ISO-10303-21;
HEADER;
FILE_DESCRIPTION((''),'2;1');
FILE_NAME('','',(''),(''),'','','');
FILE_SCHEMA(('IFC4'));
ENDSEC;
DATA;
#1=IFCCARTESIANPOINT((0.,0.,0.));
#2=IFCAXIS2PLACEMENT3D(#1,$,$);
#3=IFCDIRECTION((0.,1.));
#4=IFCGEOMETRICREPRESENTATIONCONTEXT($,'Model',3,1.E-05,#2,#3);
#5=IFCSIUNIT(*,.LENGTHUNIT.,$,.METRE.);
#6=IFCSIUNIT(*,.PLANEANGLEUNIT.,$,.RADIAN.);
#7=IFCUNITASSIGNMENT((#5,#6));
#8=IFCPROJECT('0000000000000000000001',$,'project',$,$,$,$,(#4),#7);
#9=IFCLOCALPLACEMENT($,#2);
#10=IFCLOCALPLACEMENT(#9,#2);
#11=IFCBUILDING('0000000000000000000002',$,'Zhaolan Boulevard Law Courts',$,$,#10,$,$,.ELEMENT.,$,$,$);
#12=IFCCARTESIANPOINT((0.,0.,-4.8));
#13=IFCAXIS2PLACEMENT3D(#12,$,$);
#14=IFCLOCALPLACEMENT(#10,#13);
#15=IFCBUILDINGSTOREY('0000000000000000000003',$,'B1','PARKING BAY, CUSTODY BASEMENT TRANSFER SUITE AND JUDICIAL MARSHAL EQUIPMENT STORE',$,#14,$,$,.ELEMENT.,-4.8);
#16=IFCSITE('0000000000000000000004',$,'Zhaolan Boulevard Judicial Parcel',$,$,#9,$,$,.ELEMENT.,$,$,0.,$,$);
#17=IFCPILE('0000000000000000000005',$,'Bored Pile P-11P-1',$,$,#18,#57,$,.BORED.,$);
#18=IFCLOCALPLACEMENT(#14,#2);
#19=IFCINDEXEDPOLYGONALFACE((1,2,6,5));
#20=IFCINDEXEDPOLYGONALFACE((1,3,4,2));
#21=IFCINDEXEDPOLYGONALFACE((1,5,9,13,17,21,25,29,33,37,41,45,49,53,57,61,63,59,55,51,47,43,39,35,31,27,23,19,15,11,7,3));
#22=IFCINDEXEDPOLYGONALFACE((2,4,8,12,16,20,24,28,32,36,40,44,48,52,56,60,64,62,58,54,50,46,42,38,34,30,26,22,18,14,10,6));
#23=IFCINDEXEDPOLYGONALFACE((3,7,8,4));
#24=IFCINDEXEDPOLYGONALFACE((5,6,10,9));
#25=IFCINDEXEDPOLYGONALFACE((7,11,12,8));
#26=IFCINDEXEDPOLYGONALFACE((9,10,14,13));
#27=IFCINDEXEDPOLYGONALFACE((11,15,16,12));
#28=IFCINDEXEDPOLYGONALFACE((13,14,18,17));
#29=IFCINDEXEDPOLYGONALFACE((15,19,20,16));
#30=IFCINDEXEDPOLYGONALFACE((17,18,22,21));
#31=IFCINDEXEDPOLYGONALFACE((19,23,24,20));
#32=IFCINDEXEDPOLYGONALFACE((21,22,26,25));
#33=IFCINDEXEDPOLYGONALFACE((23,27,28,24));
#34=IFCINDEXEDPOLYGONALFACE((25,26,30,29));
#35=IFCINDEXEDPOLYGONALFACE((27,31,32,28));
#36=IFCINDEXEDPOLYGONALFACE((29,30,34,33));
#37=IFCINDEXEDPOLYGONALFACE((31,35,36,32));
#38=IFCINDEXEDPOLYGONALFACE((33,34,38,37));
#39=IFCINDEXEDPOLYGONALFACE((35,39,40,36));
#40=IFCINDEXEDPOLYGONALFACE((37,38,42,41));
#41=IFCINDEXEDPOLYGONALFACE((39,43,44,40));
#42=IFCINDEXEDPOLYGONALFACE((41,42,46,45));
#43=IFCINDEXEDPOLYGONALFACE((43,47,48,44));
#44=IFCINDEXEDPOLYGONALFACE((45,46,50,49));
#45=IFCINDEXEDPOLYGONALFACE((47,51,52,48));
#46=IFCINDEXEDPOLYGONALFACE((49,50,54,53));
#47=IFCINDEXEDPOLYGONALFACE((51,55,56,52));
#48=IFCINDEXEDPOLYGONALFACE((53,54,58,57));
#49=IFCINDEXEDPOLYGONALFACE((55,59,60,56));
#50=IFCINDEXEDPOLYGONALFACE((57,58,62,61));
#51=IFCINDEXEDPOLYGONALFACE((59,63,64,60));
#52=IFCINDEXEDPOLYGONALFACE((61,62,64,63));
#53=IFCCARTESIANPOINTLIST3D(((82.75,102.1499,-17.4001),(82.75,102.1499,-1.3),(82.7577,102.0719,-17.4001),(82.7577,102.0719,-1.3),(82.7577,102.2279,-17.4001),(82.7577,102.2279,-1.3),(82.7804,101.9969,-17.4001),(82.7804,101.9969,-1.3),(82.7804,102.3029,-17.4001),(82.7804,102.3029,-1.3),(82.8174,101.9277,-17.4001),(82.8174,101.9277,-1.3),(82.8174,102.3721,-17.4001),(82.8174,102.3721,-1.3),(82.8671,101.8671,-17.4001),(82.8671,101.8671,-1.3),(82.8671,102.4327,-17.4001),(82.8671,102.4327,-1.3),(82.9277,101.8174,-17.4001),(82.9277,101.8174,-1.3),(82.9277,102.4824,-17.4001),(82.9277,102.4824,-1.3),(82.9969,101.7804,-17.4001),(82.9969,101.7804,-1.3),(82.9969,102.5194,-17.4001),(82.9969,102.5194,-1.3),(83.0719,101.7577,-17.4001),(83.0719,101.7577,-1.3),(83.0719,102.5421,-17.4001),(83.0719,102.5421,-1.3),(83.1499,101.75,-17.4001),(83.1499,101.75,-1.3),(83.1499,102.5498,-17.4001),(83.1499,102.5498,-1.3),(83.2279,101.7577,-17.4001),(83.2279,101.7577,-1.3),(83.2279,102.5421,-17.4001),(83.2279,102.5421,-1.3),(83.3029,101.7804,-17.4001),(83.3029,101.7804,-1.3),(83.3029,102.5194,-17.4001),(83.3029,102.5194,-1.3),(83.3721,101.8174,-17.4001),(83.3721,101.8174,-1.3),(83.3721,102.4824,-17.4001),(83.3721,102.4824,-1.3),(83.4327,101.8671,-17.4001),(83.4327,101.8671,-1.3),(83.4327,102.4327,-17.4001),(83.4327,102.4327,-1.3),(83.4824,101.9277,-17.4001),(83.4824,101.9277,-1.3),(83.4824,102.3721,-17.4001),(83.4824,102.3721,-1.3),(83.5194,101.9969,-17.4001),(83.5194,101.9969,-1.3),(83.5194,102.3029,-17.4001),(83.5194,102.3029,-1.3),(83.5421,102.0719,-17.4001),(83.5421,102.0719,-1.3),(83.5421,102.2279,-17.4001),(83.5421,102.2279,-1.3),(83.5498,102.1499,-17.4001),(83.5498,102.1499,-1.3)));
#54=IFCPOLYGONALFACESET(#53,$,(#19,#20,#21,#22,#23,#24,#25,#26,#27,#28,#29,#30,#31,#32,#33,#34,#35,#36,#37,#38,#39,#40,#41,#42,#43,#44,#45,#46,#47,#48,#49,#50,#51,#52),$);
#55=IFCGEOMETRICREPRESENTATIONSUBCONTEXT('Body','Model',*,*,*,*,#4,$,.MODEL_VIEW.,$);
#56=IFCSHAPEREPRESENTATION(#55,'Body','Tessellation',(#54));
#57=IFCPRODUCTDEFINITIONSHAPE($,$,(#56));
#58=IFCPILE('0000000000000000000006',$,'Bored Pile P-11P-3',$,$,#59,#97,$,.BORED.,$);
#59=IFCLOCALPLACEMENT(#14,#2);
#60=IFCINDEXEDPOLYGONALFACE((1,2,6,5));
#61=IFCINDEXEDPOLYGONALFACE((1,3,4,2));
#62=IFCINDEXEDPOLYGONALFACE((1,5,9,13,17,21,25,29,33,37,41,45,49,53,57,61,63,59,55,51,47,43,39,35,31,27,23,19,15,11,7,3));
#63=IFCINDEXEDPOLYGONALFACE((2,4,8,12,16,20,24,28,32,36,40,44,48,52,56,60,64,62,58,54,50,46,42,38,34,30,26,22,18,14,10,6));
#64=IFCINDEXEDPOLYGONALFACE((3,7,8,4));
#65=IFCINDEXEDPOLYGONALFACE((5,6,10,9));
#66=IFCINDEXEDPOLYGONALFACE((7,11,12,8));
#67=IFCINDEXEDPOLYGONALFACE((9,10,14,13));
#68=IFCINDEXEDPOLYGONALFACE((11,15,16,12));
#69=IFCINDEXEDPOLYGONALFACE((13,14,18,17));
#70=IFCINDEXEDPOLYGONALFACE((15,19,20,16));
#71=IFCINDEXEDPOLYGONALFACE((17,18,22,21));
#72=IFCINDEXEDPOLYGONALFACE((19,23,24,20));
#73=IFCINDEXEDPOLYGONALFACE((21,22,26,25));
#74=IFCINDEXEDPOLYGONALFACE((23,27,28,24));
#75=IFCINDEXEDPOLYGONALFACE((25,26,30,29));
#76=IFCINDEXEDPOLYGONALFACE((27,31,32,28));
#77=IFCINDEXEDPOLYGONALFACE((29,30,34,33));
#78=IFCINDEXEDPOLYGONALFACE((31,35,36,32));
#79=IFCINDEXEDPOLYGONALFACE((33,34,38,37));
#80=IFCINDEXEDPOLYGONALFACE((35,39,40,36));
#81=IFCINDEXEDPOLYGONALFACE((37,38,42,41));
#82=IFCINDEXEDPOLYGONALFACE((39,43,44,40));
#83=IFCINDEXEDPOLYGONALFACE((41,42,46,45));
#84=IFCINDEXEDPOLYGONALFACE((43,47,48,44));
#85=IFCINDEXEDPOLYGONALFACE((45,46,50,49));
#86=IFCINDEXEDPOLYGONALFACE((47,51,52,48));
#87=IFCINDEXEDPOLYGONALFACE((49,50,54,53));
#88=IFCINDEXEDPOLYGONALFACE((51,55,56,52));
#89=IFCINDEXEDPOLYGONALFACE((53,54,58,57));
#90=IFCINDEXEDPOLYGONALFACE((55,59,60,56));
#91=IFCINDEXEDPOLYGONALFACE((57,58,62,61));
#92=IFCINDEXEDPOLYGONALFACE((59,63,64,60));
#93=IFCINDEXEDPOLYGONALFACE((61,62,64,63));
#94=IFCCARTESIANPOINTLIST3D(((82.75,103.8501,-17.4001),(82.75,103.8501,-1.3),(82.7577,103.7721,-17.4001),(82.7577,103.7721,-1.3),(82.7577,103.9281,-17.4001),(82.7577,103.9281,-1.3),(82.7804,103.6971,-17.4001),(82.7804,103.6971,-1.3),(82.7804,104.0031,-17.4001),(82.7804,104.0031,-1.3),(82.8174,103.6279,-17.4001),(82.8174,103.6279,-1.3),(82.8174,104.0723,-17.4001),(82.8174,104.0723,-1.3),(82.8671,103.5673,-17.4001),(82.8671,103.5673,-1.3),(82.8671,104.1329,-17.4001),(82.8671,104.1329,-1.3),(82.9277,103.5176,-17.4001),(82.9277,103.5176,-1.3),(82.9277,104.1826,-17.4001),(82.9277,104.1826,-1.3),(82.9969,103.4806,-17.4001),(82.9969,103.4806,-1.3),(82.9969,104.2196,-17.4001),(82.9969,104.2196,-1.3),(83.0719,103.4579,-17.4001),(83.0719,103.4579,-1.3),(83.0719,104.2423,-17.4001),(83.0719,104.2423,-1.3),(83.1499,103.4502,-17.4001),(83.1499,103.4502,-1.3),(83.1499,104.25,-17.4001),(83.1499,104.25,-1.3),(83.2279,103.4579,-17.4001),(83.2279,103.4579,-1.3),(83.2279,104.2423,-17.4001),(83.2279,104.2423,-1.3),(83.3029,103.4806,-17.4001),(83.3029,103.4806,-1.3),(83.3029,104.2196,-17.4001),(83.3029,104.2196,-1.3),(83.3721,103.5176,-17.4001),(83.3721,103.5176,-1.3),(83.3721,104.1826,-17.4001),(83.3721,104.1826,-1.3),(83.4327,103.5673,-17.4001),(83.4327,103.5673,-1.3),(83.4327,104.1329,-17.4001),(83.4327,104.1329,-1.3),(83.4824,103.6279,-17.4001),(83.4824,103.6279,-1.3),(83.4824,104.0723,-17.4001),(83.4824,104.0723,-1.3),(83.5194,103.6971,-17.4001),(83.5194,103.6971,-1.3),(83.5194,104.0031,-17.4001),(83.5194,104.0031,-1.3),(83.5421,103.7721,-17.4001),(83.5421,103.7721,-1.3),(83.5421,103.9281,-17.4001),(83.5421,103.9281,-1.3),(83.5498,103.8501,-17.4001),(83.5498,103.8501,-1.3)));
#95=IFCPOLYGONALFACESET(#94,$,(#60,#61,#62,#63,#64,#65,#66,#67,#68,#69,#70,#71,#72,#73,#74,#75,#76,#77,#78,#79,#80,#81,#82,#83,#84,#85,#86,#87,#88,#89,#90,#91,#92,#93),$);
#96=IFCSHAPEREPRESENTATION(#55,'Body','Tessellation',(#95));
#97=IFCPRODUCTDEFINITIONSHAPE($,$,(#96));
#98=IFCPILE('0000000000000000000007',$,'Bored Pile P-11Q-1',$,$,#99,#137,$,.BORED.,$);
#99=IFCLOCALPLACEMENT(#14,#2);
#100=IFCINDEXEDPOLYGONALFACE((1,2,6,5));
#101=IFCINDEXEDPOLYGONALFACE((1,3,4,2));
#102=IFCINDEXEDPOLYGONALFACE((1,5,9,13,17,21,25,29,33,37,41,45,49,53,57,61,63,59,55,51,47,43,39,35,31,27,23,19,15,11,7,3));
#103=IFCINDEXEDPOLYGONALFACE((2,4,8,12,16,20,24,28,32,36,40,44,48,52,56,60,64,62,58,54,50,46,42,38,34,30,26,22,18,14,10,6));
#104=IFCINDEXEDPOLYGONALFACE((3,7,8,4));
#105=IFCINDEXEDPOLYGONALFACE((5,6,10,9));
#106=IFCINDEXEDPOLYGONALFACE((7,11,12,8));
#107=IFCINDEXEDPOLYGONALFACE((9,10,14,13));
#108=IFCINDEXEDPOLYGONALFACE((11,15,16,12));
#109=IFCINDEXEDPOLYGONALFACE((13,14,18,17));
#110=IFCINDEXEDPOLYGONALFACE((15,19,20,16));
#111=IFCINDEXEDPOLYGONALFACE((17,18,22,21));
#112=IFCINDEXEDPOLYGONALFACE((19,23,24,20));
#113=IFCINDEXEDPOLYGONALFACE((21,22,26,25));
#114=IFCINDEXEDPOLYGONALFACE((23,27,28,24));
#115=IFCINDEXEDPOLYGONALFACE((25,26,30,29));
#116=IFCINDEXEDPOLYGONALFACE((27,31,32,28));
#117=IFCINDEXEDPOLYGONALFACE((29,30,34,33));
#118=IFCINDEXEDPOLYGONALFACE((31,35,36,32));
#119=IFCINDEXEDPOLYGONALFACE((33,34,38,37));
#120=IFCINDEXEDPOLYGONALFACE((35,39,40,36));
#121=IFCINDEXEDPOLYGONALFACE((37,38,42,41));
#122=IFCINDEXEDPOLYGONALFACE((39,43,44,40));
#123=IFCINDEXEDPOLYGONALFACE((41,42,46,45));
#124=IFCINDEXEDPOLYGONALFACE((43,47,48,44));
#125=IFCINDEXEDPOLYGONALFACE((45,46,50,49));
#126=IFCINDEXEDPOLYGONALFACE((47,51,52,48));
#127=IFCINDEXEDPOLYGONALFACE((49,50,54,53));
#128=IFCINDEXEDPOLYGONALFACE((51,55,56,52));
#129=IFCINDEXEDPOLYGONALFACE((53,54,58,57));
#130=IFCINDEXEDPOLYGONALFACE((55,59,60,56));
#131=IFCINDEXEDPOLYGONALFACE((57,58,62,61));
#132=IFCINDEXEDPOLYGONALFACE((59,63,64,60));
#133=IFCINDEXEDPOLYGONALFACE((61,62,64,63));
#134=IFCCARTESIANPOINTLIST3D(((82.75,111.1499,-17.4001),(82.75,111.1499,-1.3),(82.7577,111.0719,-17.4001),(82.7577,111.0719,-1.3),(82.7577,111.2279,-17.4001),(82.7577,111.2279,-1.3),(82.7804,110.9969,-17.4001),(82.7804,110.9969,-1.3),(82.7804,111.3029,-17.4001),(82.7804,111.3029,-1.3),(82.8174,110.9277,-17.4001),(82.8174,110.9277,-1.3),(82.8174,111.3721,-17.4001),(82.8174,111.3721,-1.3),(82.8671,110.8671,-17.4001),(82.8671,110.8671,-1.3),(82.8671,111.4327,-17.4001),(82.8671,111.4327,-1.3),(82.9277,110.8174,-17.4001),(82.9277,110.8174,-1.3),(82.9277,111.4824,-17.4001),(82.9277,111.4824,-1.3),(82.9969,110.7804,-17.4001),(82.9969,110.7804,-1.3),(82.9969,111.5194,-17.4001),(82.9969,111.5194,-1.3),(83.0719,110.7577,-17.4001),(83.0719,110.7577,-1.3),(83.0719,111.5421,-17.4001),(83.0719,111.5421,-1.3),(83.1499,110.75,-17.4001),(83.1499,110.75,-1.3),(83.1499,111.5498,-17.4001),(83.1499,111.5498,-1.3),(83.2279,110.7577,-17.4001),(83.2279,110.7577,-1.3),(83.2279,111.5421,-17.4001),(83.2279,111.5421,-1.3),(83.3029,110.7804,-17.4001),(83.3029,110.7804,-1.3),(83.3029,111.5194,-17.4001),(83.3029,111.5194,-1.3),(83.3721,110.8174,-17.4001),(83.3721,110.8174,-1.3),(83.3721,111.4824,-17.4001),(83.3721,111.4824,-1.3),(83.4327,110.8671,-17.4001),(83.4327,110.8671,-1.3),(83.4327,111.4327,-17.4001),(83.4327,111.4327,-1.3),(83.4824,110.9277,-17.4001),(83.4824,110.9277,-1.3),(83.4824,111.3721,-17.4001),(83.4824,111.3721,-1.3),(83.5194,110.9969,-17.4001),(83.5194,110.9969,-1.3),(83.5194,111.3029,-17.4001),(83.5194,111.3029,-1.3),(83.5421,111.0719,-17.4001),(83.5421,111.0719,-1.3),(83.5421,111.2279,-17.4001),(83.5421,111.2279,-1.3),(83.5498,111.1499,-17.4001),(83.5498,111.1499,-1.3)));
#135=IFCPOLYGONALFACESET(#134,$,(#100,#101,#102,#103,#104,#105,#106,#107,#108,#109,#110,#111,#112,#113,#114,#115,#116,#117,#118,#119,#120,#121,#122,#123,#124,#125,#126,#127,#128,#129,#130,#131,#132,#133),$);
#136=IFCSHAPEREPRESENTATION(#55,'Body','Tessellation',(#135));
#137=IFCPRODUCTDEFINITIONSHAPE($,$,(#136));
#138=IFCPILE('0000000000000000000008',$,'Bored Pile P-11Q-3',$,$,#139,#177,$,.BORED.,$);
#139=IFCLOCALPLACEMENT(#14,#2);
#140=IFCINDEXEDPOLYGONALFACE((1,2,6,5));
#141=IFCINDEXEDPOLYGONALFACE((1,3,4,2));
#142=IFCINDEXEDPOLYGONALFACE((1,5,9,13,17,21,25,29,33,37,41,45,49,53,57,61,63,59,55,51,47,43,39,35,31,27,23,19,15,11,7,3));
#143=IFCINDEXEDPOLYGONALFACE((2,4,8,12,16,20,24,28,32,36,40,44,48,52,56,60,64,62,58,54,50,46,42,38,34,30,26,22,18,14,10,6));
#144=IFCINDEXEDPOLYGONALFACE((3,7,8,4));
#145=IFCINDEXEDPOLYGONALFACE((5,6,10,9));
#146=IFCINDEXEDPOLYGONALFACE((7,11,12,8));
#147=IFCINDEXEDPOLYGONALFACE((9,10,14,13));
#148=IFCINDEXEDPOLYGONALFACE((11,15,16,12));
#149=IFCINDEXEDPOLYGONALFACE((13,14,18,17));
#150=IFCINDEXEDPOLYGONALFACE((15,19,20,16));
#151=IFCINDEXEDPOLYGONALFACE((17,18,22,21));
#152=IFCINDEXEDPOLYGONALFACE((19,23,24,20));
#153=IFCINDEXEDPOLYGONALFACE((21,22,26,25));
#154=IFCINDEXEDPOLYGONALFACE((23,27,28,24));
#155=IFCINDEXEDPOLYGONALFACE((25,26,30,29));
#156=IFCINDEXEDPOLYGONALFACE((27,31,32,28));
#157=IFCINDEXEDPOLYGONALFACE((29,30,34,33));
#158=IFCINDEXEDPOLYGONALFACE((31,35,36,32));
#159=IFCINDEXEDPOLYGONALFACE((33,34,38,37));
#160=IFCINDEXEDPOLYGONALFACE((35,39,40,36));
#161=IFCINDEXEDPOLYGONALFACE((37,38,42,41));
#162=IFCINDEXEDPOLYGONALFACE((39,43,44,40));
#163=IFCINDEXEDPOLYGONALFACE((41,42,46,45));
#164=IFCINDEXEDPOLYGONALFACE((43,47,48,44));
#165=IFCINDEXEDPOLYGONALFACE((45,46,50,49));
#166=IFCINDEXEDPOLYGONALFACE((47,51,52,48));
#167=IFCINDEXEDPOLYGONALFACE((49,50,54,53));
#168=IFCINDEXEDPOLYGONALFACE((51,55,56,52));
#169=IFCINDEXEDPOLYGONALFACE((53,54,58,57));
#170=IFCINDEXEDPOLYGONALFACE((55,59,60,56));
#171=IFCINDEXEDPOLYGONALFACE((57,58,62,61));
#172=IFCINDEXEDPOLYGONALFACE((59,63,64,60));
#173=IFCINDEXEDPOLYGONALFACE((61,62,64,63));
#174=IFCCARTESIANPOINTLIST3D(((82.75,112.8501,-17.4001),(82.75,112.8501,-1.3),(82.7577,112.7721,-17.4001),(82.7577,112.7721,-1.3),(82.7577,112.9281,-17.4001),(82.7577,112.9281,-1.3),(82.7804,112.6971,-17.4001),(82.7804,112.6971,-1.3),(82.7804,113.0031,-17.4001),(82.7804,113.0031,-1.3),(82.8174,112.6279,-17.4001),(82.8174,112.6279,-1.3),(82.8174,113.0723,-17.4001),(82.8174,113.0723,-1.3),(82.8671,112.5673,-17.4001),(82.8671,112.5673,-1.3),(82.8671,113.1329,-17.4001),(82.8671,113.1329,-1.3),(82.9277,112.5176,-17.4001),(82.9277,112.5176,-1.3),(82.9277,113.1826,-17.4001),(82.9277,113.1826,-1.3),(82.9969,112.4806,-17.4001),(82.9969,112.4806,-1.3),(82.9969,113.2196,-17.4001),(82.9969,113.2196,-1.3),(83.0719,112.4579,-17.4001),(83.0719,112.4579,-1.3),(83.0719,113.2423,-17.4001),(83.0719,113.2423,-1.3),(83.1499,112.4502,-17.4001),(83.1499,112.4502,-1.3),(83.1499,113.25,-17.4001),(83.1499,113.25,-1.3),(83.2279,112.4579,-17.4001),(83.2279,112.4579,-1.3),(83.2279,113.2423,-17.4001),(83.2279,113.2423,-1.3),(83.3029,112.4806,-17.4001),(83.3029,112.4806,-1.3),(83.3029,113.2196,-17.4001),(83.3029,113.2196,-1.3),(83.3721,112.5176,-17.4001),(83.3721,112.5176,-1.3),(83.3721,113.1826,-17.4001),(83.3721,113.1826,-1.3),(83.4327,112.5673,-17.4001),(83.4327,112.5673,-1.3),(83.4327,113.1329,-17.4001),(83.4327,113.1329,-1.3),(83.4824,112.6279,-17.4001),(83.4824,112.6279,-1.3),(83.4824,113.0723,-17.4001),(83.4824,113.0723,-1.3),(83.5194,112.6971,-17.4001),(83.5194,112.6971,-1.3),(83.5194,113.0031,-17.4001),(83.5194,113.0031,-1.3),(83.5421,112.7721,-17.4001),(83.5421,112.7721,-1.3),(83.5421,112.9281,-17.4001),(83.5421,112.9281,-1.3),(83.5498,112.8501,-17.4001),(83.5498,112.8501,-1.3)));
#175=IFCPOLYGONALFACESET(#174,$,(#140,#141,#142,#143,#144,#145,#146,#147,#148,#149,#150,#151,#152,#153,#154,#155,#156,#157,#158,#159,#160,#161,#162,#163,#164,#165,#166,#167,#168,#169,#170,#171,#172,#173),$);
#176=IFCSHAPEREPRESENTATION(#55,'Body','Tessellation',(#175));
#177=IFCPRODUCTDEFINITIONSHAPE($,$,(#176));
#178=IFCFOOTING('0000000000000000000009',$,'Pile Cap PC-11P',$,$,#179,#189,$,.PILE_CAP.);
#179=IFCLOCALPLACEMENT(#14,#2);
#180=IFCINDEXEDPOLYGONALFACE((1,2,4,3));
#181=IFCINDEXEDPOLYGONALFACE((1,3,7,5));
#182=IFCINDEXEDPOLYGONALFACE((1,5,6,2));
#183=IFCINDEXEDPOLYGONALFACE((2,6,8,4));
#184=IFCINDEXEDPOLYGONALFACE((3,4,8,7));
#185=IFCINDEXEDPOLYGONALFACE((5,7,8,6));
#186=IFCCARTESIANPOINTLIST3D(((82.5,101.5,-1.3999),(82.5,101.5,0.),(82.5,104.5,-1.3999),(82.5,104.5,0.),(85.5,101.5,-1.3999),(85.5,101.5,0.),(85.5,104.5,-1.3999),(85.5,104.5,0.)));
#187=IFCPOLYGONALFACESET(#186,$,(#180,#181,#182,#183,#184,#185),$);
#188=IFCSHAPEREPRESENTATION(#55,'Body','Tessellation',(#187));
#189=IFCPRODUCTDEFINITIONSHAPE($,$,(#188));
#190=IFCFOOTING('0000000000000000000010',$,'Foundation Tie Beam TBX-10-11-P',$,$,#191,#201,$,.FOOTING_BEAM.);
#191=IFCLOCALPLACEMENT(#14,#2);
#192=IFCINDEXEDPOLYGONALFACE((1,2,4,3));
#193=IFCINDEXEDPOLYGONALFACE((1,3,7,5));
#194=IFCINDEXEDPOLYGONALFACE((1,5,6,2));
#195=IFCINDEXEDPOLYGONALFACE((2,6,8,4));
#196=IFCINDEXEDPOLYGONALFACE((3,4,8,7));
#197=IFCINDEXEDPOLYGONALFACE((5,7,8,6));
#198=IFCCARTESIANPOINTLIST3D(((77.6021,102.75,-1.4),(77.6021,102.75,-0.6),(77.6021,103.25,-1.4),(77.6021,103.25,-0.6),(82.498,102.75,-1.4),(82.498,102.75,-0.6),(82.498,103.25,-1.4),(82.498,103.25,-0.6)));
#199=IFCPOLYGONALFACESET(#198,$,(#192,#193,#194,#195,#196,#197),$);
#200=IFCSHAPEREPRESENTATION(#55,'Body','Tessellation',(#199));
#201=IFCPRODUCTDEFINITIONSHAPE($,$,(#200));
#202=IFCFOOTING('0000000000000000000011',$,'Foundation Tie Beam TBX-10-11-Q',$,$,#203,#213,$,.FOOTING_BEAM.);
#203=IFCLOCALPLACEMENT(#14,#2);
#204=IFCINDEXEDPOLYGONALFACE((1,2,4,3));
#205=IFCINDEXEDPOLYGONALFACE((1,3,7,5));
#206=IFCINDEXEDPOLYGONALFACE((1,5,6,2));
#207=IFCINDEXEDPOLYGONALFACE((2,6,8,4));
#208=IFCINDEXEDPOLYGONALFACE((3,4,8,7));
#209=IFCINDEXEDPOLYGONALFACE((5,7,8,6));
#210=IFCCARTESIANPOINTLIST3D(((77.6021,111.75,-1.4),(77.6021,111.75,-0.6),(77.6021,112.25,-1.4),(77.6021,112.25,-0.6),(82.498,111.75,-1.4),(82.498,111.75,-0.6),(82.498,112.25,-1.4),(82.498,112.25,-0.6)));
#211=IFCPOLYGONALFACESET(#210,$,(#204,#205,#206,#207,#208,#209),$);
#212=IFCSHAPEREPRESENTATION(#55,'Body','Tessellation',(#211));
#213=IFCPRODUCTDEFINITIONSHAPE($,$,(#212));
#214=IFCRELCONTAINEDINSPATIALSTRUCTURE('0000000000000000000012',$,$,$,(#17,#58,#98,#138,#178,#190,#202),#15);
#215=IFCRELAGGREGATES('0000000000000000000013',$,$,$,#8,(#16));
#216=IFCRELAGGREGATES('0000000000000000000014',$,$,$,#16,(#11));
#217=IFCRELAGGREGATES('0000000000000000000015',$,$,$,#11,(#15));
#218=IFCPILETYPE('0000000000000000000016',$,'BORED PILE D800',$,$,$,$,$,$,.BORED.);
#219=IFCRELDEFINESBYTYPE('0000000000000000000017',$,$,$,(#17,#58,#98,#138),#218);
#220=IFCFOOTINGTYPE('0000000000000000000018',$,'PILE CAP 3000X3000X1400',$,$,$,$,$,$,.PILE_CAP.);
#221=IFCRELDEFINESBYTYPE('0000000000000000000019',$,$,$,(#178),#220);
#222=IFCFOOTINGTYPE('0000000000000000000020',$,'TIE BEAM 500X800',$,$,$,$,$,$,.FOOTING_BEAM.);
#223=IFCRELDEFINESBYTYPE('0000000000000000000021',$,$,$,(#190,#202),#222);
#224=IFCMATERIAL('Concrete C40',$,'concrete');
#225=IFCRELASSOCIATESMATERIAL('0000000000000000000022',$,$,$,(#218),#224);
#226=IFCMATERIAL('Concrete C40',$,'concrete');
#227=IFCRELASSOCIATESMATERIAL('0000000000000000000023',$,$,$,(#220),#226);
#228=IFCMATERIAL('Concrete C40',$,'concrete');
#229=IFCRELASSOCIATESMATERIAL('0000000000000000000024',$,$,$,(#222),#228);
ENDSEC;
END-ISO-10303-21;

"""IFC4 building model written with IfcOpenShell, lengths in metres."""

from ifc_helpers import new_model, si_unit, direction, frame, origin, origin_2d, place, context, subcontext, project, spatial, rectangle, circle, extrude, material, material_profile, profile_set, type_object, element, save


model = new_model("IFC4")

# Units and contexts
model_context = context("Model", 3, precision=1e-05, world=origin(), true_north=direction((0.0, 1.0)))
body_context = subcontext(model_context, "Body", "Model", "MODEL_VIEW")
ifc_project = project(units=[si_unit("LENGTHUNIT", "METRE"), si_unit("PLANEANGLEUNIT", "RADIAN")], contexts=[model_context])

# Site, building, storey
site_placement = place(None, origin())
site = spatial("IfcSite", under=ifc_project, at=site_placement, Name="Zhaolan Boulevard Judicial Parcel", CompositionType="ELEMENT", RefElevation=0.0)
building_placement = place(site_placement, origin())
building = spatial("IfcBuilding", under=site, at=building_placement, Name="Zhaolan Boulevard Law Courts", CompositionType="ELEMENT")
storey_placement = place(building_placement, frame((0.0, 0.0, -4.8)))
storey = spatial("IfcBuildingStorey", under=building, at=storey_placement, Name="B1", Description="PARKING BAY, CUSTODY BASEMENT TRANSFER SUITE AND JUDICIAL MARSHAL EQUIPMENT STORE", CompositionType="ELEMENT", Elevation=-4.8)

# Piles
ifc_material_1 = material(Name="Concrete C40", Category="concrete")
ifc_material_profile_1 = material_profile(ifc_material_1, circle(Radius=0.3999, at=origin_2d()), Name="PILE-D800")
ifc_profile_set_1 = profile_set([ifc_material_profile_1], Name="Concrete C40")
pile_type = type_object("IfcPileType", Name="BORED PILE D800", PredefinedType="BORED", material=ifc_profile_set_1)
for number, where, z_axis, x_axis, name in (
    (1, (83.1499, 102.1499, -1.3), (0.0, 0.0, -1.0), (1.0, 0.0, 0.0), "Bored Pile P-11P-1"),
    (2, (83.1499, 103.8501, -1.3), (0.0, 0.0, -1.0), (1.0, 0.0, 0.0), "Bored Pile P-11P-3"),
    (3, (83.1499, 111.1499, -1.3), (0.0, 0.0, -1.0), (1.0, 0.0, 0.0), "Bored Pile P-11Q-1"),
    (4, (83.1499, 112.8501, -1.3), (0.0, 0.0, -1.0), (1.0, 0.0, 0.0), "Bored Pile P-11Q-3"),
):
    element("IfcPile", number, at=place(storey_placement, frame(where, z_axis=z_axis, x_axis=x_axis)), inside=storey, type_object=pile_type, Name=name, PredefinedType="BORED", context=body_context, shape_type="SweptSolid", body=[
        extrude(circle(Radius=0.3999, at=origin_2d()), origin(), (0.0, 0.0, 1.0), 16.1001),
    ])

# Footings
ifc_material_2 = material(Name="Concrete C40", Category="concrete")
footing_type_1 = type_object("IfcFootingType", Name="PILE CAP 3000X3000X1400", PredefinedType="PILE_CAP", material=ifc_material_2)
footing_placement = place(storey_placement, frame((84.0, 103.0, -1.3999), z_axis=(0.0, 0.0, 1.0), x_axis=(1.0, 0.0, 0.0)))
element("IfcFooting", 5, at=footing_placement, inside=storey, type_object=footing_type_1, Name="Pile Cap PC-11P", PredefinedType="PILE_CAP", context=body_context, shape_type="SweptSolid", body=[
    extrude(rectangle(XDim=3.0, YDim=3.0, at=origin_2d()), origin(), (0.0, 0.0, 1.0), 1.3999),
])
ifc_material_3 = material(Name="Concrete C40", Category="concrete")
ifc_material_profile_2 = material_profile(ifc_material_3, rectangle(XDim=0.5, YDim=0.8, at=origin_2d()), Name="RC500x800")
ifc_profile_set_2 = profile_set([ifc_material_profile_2], Name="Concrete C40")
footing_type_2 = type_object("IfcFootingType", Name="TIE BEAM 500X800", PredefinedType="FOOTING_BEAM", material=ifc_profile_set_2)
for number, where, z_axis, x_axis, name in (
    (6, (77.6021, 103.0, -1.0), (1.0, 0.0, 0.0), (0.0, 1.0, 0.0), "Foundation Tie Beam TBX-10-11-P"),
    (7, (77.6021, 112.0, -1.0), (1.0, 0.0, 0.0), (0.0, 1.0, 0.0), "Foundation Tie Beam TBX-10-11-Q"),
):
    element("IfcFooting", number, at=place(storey_placement, frame(where, z_axis=z_axis, x_axis=x_axis)), inside=storey, type_object=footing_type_2, Name=name, PredefinedType="FOOTING_BEAM", context=body_context, shape_type="SweptSolid", body=[
        extrude(rectangle(XDim=0.5, YDim=0.8, at=origin_2d()), origin(), (0.0, 0.0, 1.0), 4.896),
    ])

save(model, "model.ifc")
